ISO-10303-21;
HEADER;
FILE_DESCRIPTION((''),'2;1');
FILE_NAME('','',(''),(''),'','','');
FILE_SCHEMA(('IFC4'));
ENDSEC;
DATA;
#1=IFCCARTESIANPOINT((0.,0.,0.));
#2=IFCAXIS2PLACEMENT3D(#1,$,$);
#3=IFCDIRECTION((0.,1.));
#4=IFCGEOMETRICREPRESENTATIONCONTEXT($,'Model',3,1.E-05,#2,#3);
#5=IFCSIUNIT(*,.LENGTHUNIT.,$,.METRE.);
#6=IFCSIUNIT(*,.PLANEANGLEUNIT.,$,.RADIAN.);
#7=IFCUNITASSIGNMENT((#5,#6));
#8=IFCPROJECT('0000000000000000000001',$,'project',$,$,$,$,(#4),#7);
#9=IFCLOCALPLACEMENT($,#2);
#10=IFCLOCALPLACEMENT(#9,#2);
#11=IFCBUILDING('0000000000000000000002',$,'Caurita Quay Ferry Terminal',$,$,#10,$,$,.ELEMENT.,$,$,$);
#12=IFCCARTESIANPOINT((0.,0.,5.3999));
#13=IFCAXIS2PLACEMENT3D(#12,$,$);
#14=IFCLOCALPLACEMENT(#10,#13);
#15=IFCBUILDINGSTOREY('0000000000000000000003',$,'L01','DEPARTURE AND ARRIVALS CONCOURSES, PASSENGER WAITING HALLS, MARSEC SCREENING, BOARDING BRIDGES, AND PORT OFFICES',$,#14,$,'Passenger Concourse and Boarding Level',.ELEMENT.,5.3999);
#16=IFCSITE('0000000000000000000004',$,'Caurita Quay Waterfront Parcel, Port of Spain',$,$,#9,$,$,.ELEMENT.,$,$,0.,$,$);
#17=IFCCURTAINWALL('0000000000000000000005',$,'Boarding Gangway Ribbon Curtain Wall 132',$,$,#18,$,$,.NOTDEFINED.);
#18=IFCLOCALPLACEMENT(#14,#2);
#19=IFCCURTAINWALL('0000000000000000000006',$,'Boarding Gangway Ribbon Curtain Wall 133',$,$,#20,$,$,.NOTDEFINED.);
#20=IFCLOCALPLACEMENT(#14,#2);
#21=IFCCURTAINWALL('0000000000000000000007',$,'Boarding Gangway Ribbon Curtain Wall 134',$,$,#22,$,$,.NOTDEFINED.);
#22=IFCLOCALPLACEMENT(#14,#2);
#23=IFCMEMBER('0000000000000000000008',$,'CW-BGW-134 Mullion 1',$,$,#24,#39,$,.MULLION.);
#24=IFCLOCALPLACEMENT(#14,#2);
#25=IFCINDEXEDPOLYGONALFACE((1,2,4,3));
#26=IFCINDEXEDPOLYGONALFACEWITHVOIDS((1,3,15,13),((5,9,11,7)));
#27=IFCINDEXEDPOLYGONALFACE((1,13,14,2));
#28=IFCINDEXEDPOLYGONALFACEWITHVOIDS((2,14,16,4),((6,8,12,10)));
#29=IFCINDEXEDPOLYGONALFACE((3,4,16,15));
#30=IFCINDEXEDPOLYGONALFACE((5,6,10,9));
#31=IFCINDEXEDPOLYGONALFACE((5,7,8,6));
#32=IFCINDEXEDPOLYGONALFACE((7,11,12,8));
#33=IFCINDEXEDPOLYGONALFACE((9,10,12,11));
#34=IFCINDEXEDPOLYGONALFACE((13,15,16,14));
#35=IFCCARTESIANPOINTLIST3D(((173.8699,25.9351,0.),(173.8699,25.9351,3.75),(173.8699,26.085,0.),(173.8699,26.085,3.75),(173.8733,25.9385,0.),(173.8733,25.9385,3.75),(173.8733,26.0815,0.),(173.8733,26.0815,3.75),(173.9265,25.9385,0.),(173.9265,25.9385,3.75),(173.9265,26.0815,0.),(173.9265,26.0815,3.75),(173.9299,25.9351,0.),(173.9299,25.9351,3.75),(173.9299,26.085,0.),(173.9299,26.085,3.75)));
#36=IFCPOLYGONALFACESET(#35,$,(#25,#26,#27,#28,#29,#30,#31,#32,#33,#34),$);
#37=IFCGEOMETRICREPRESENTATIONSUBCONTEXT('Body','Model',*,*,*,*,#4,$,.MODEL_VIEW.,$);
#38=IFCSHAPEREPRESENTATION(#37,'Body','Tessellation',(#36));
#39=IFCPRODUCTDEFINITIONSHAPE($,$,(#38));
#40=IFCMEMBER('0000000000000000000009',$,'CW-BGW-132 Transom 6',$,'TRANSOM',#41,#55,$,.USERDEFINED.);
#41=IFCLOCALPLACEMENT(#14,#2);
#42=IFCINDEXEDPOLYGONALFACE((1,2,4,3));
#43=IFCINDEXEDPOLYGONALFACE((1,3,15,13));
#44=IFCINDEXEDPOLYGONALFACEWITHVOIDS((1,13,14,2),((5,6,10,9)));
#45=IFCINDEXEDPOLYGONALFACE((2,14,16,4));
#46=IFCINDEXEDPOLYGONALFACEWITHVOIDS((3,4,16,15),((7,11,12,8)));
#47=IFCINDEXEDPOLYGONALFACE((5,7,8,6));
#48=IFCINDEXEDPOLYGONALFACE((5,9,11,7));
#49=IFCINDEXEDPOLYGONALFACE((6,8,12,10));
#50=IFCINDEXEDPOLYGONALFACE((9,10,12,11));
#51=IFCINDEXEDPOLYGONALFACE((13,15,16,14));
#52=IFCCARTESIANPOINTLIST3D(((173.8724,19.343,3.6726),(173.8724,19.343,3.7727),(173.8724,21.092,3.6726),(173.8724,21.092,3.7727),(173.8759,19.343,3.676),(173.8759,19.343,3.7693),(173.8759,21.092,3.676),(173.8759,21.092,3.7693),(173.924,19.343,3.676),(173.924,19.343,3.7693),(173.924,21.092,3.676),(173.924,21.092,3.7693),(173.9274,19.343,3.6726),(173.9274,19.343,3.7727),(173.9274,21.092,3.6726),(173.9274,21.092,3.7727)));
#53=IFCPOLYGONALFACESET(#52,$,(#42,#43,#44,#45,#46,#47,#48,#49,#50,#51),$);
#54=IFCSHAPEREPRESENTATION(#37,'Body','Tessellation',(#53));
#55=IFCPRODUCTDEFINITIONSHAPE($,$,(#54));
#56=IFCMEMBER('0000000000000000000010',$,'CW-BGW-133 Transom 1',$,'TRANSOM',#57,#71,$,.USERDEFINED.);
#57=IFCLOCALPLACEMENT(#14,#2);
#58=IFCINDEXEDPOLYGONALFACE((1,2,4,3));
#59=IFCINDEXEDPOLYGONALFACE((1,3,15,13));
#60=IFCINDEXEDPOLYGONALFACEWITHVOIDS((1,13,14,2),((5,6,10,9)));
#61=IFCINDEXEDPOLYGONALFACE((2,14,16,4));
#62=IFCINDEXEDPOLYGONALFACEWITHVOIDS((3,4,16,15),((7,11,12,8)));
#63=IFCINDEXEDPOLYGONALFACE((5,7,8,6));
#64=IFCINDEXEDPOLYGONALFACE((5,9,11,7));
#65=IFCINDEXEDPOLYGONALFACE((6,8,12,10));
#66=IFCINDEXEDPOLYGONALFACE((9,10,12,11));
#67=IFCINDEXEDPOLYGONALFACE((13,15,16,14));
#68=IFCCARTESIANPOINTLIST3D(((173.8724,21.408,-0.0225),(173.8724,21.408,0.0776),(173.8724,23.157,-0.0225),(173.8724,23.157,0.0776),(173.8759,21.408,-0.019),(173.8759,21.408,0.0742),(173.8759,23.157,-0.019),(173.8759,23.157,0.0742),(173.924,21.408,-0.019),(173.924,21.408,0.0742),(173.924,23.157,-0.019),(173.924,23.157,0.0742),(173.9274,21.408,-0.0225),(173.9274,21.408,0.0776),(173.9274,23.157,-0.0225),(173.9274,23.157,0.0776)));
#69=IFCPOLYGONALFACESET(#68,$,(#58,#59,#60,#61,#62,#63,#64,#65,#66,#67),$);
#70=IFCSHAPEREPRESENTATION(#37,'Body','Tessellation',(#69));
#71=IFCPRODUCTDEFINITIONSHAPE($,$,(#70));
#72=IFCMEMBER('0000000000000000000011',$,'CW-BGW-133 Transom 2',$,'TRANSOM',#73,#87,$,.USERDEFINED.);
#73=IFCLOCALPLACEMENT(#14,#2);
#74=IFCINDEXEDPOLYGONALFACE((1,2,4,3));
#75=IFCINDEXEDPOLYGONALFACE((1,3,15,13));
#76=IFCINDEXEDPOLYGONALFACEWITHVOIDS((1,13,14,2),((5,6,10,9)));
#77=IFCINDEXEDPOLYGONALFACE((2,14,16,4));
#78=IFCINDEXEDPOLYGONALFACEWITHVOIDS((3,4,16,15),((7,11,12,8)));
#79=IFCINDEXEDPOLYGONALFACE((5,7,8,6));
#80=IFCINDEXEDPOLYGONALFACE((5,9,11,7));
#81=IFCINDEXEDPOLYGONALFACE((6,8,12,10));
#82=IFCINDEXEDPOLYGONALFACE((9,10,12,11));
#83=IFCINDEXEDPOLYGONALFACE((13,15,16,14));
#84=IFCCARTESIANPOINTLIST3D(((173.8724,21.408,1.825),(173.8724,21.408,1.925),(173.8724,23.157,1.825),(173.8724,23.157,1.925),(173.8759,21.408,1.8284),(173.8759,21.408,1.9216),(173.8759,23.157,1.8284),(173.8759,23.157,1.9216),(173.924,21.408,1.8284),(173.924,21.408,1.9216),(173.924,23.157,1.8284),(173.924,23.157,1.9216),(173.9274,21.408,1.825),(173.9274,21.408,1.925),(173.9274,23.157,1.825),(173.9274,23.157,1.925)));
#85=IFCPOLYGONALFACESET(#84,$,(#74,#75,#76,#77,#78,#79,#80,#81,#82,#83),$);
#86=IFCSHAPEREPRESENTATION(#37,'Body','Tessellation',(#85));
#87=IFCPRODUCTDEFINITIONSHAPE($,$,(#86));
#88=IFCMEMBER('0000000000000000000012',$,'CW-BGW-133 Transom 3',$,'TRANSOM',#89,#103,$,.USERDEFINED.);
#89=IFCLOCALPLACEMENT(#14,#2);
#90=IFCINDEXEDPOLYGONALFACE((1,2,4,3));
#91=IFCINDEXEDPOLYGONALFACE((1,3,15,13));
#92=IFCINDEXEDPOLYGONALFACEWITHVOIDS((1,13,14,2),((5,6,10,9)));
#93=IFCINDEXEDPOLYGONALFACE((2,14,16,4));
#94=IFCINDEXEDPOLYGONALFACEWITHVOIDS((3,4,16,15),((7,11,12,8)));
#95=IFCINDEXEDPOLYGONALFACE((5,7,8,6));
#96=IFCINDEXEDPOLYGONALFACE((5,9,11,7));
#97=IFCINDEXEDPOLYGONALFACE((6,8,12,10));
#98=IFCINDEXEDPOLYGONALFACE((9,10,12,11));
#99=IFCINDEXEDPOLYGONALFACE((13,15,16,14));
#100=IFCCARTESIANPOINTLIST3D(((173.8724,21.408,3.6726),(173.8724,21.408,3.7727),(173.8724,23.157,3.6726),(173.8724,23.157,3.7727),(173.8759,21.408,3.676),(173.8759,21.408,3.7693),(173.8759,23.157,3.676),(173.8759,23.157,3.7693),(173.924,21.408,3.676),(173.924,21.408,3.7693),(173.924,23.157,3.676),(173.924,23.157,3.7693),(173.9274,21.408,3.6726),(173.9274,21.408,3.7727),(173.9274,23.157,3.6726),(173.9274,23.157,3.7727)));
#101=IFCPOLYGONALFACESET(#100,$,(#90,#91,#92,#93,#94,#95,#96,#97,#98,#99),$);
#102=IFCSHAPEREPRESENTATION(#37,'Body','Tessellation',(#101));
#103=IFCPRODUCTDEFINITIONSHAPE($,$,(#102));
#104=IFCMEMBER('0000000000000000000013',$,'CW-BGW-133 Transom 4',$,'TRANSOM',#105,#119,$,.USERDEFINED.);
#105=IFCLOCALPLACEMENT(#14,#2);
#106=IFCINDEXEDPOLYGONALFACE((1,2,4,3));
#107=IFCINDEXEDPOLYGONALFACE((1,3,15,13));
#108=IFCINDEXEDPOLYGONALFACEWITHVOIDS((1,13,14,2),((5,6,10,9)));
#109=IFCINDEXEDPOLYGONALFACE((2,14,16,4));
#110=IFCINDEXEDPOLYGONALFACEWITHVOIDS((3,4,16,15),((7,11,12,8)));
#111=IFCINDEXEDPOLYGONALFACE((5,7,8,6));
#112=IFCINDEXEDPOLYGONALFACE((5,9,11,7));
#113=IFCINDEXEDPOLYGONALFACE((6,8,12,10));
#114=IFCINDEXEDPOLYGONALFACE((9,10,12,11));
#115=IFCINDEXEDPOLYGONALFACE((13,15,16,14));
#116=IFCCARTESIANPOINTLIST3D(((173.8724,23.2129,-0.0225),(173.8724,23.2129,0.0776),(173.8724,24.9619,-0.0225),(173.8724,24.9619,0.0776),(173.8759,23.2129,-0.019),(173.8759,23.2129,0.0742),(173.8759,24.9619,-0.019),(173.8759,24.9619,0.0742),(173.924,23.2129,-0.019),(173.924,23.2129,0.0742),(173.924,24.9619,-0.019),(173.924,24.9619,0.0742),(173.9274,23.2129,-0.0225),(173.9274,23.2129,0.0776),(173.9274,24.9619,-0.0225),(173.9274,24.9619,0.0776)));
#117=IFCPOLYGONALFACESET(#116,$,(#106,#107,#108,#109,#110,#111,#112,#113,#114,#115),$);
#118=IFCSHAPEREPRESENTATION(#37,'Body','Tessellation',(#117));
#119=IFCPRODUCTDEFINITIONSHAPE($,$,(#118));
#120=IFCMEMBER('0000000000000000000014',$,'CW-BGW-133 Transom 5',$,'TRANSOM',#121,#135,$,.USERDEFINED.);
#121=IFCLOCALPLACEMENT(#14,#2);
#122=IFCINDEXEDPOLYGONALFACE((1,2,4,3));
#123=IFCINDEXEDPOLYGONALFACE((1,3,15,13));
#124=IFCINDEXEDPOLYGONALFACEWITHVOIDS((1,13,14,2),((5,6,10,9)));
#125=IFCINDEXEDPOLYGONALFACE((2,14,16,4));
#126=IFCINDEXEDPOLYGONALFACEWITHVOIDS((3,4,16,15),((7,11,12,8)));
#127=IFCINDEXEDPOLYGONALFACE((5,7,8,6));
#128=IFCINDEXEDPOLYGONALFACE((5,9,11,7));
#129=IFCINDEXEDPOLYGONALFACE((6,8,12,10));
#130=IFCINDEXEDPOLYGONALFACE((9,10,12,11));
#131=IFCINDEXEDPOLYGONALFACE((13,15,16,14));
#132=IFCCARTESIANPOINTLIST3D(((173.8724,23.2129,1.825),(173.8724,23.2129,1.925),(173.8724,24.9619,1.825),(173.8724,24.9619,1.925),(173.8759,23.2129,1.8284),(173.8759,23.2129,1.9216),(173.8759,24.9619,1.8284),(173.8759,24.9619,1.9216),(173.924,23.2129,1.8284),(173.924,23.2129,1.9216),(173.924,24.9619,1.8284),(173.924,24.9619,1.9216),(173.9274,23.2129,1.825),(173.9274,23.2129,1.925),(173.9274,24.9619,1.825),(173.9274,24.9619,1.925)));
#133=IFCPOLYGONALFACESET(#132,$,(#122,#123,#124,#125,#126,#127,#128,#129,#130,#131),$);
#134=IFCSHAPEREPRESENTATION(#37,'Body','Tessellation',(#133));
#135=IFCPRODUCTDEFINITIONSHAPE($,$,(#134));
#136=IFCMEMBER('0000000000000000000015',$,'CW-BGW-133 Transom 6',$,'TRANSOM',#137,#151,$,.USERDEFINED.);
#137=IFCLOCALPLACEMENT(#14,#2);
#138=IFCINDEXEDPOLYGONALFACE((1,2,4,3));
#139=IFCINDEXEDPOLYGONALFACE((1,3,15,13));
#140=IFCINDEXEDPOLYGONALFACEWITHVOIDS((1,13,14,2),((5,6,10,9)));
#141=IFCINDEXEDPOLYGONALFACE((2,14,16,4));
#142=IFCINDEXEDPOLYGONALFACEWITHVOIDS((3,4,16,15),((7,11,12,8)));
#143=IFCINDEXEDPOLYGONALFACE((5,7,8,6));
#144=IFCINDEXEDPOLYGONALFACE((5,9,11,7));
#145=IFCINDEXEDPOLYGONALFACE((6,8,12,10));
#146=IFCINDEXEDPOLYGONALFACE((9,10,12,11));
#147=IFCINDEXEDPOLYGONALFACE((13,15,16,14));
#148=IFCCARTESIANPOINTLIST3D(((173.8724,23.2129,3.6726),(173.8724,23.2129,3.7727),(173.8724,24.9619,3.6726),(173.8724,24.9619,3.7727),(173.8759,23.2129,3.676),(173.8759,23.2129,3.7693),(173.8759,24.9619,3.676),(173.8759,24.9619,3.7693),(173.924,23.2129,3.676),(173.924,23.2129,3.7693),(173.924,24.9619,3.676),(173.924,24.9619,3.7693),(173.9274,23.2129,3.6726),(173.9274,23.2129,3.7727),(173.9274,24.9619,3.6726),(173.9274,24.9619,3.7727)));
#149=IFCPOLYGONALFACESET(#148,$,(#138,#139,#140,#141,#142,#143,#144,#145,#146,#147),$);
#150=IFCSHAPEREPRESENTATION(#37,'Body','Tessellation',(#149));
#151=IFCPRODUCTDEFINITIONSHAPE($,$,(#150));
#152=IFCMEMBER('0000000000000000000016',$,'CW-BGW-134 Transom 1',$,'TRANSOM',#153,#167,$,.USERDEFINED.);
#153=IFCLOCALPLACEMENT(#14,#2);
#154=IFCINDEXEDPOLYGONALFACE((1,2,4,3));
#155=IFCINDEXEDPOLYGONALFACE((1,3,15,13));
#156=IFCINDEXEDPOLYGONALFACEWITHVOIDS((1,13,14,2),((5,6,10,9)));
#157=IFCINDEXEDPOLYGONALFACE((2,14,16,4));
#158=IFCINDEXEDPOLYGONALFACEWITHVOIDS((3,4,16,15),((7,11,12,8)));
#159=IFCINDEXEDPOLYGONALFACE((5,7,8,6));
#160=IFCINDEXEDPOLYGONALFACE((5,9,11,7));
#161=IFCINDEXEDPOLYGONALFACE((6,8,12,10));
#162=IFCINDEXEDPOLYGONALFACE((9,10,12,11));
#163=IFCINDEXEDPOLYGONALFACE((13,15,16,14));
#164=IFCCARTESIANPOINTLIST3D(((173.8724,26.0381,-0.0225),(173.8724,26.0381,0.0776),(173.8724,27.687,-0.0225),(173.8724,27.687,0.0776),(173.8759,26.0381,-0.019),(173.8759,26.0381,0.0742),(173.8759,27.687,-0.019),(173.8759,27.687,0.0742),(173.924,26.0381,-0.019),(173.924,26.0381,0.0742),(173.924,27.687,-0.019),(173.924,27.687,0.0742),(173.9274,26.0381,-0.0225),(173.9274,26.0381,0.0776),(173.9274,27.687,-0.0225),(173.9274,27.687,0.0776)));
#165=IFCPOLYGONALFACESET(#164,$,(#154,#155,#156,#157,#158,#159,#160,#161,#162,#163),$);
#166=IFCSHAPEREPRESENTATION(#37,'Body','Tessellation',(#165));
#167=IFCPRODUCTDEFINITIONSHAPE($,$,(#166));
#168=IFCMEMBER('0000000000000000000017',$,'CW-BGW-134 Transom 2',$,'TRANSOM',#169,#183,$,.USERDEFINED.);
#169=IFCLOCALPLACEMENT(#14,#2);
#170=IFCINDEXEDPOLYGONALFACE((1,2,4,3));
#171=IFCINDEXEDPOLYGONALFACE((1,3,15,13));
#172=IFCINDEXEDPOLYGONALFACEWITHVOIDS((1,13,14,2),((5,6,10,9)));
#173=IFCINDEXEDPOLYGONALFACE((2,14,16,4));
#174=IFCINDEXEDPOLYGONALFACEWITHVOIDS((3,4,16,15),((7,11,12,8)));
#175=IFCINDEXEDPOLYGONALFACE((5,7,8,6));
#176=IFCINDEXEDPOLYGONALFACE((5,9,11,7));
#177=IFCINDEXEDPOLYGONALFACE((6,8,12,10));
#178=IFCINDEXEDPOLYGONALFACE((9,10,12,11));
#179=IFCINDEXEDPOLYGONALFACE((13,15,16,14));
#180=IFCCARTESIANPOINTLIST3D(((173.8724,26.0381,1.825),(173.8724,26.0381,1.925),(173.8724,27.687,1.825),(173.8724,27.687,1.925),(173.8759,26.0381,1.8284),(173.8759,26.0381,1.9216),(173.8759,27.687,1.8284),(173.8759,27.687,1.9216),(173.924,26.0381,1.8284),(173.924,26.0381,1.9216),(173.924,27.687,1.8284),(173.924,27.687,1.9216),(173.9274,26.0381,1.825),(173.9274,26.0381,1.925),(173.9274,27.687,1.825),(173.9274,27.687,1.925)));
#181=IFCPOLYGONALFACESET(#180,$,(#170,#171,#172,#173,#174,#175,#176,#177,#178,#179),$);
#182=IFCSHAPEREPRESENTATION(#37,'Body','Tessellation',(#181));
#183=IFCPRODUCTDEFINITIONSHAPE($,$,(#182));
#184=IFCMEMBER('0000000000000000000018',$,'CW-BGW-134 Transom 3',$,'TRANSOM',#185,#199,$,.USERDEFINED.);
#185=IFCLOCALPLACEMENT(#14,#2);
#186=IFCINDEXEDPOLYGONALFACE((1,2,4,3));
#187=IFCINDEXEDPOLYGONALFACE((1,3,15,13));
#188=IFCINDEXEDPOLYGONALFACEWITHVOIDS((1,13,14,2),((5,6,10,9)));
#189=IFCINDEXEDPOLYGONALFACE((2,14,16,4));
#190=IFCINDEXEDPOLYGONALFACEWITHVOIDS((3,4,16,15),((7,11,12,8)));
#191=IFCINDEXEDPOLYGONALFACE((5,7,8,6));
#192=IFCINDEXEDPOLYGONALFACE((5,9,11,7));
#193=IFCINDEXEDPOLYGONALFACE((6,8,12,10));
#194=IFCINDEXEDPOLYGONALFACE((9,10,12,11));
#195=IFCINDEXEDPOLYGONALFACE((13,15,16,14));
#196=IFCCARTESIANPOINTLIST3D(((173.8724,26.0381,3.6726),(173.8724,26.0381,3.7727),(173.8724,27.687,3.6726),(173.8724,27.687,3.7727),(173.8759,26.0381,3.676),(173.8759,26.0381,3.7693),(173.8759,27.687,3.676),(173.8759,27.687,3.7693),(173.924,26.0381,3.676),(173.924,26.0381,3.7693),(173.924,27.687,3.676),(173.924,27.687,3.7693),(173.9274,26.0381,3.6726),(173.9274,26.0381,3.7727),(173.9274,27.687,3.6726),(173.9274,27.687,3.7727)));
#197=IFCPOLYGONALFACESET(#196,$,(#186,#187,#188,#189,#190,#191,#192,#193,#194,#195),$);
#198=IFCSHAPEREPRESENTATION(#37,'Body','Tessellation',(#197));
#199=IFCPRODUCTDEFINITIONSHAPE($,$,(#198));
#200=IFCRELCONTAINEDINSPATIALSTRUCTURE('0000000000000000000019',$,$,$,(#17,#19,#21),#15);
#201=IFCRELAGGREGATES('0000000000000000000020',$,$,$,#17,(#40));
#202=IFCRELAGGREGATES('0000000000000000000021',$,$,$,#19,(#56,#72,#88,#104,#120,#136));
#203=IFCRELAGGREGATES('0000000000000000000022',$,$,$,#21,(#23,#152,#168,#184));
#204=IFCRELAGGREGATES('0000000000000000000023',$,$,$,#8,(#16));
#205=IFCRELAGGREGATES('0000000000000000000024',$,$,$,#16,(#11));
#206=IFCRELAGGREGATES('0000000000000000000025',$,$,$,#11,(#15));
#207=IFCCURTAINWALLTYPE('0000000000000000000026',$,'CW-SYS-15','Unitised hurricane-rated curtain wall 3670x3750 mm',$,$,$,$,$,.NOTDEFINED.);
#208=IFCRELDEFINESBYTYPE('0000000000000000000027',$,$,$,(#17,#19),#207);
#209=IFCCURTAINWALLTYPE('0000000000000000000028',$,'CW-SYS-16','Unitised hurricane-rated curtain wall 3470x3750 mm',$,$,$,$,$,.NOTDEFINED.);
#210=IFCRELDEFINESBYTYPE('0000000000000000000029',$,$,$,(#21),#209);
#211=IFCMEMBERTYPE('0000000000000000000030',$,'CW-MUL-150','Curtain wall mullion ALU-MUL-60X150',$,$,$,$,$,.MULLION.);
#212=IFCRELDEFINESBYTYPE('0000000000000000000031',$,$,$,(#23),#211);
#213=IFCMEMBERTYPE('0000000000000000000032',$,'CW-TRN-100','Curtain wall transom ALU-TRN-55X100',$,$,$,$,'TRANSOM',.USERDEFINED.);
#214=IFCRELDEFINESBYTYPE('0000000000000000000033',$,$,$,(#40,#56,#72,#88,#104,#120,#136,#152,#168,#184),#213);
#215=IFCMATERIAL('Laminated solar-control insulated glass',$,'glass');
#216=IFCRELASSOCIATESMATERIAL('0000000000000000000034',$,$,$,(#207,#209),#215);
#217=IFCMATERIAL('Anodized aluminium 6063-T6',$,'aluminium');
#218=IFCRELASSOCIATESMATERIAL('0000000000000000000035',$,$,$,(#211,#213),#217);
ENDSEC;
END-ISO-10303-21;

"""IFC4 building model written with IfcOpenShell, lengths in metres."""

from ifc_helpers import new_model, si_unit, direction, frame, origin, origin_2d, place, context, subcontext, project, spatial, hollow_rectangle, extrude, material, material_profile, profile_set, type_object, element, aggregate, save


model = new_model("IFC4")

# Units and contexts
model_context = context("Model", 3, precision=1e-05, world=origin(), true_north=direction((0.0, 1.0)))
body_context = subcontext(model_context, "Body", "Model", "MODEL_VIEW")
ifc_project = project(units=[si_unit("LENGTHUNIT", "METRE"), si_unit("PLANEANGLEUNIT", "RADIAN")], contexts=[model_context])

# Site, building, storey
site_placement = place(None, origin())
site = spatial("IfcSite", under=ifc_project, at=site_placement, Name="Caurita Quay Waterfront Parcel, Port of Spain", CompositionType="ELEMENT", RefElevation=0.0)
building_placement = place(site_placement, origin())
building = spatial("IfcBuilding", under=site, at=building_placement, Name="Caurita Quay Ferry Terminal", CompositionType="ELEMENT")
storey_placement = place(building_placement, frame((0.0, 0.0, 5.3999)))
storey = spatial("IfcBuildingStorey", under=building, at=storey_placement, Name="L01", Description="DEPARTURE AND ARRIVALS CONCOURSES, PASSENGER WAITING HALLS, MARSEC SCREENING, BOARDING BRIDGES, AND PORT OFFICES", LongName="Passenger Concourse and Boarding Level", CompositionType="ELEMENT", Elevation=5.3999)

# Curtain wall
ifc_material_1 = material(Name="Laminated solar-control insulated glass", Category="glass")
curtain_wall_type_1 = type_object("IfcCurtainWallType", Name="CW-SYS-15", Description="Unitised hurricane-rated curtain wall 3670x3750 mm", PredefinedType="NOTDEFINED", material=ifc_material_1)
curtain_wall_1_placement = place(storey_placement, origin())
curtain_wall_1 = element("IfcCurtainWall", 1, at=curtain_wall_1_placement, inside=storey, type_object=curtain_wall_type_1, Name="Boarding Gangway Ribbon Curtain Wall 132", PredefinedType="NOTDEFINED")
ifc_material_2 = material(Name="Anodized aluminium 6063-T6", Category="aluminium")
ifc_material_profile_1 = material_profile(ifc_material_2, hollow_rectangle(XDim=0.0601, YDim=0.1499, WallThickness=0.0034, at=origin_2d()), Name="ALU-MUL-60X150")
ifc_profile_set_1 = profile_set([ifc_material_profile_1], Name="Anodized aluminium 6063-T6")
member_type_1 = type_object("IfcMemberType", Name="CW-MUL-150", Description="Curtain wall mullion ALU-MUL-60X150", PredefinedType="MULLION", material=ifc_profile_set_1)

# Curtain wall
curtain_wall_2_placement = place(storey_placement, origin())
curtain_wall_2 = element("IfcCurtainWall", 2, at=curtain_wall_2_placement, inside=storey, type_object=curtain_wall_type_1, Name="Boarding Gangway Ribbon Curtain Wall 133", PredefinedType="NOTDEFINED")

# Curtain wall, member
curtain_wall_type_2 = type_object("IfcCurtainWallType", Name="CW-SYS-16", Description="Unitised hurricane-rated curtain wall 3470x3750 mm", PredefinedType="NOTDEFINED", material=ifc_material_1)
curtain_wall_3_placement = place(storey_placement, origin())
curtain_wall_3 = element("IfcCurtainWall", 3, at=curtain_wall_3_placement, inside=storey, type_object=curtain_wall_type_2, Name="Boarding Gangway Ribbon Curtain Wall 134", PredefinedType="NOTDEFINED")
member_1_placement = place(storey_placement, frame((173.8999, 26.01, 0.0), z_axis=(0.0, 0.0, 1.0), x_axis=(-1.0, 0.0, 0.0)))
member_1 = element("IfcMember", 4, at=member_1_placement, type_object=member_type_1, Name="CW-BGW-134 Mullion 1", PredefinedType="MULLION", context=body_context, shape_type="SweptSolid", body=[
    extrude(hollow_rectangle(XDim=0.0601, YDim=0.1499, WallThickness=0.0034, at=origin_2d()), origin(), (0.0, 0.0, 1.0), 3.75),
])

# Members
ifc_material_profile_2 = material_profile(ifc_material_2, hollow_rectangle(XDim=0.0549, YDim=0.1001, WallThickness=0.0034, at=origin_2d()), Name="ALU-TRN-55X100")
ifc_profile_set_2 = profile_set([ifc_material_profile_2], Name="Anodized aluminium 6063-T6")
member_type_2 = type_object("IfcMemberType", Name="CW-TRN-100", Description="Curtain wall transom ALU-TRN-55X100", ElementType="TRANSOM", PredefinedType="USERDEFINED", material=ifc_profile_set_2)
member_2_placement = place(storey_placement, frame((173.8999, 19.343, 3.7227), z_axis=(0.0, 1.0, 0.0), x_axis=(-1.0, 0.0, 0.0)))
member_2 = element("IfcMember", 5, at=member_2_placement, type_object=member_type_2, Name="CW-BGW-132 Transom 6", ObjectType="TRANSOM", PredefinedType="USERDEFINED", context=body_context, shape_type="SweptSolid", body=[
    extrude(hollow_rectangle(XDim=0.0549, YDim=0.1001, WallThickness=0.0034, at=origin_2d()), origin(), (0.0, 0.0, 1.0), 1.749),
])
member_3_placement = place(storey_placement, frame((173.8999, 21.408, 0.0276), z_axis=(0.0, 1.0, 0.0), x_axis=(-1.0, 0.0, 0.0)))
member_3 = element("IfcMember", 6, at=member_3_placement, type_object=member_type_2, Name="CW-BGW-133 Transom 1", ObjectType="TRANSOM", PredefinedType="USERDEFINED", context=body_context, shape_type="SweptSolid", body=[
    extrude(hollow_rectangle(XDim=0.0549, YDim=0.1001, WallThickness=0.0034, at=origin_2d()), origin(), (0.0, 0.0, 1.0), 1.749),
])
member_4_placement = place(storey_placement, frame((173.8999, 21.408, 1.875), z_axis=(0.0, 1.0, 0.0), x_axis=(-1.0, 0.0, 0.0)))
member_4 = element("IfcMember", 7, at=member_4_placement, type_object=member_type_2, Name="CW-BGW-133 Transom 2", ObjectType="TRANSOM", PredefinedType="USERDEFINED", context=body_context, shape_type="SweptSolid", body=[
    extrude(hollow_rectangle(XDim=0.0549, YDim=0.1001, WallThickness=0.0034, at=origin_2d()), origin(), (0.0, 0.0, 1.0), 1.749),
])
member_5_placement = place(storey_placement, frame((173.8999, 21.408, 3.7227), z_axis=(0.0, 1.0, 0.0), x_axis=(-1.0, 0.0, 0.0)))
member_5 = element("IfcMember", 8, at=member_5_placement, type_object=member_type_2, Name="CW-BGW-133 Transom 3", ObjectType="TRANSOM", PredefinedType="USERDEFINED", context=body_context, shape_type="SweptSolid", body=[
    extrude(hollow_rectangle(XDim=0.0549, YDim=0.1001, WallThickness=0.0034, at=origin_2d()), origin(), (0.0, 0.0, 1.0), 1.749),
])
member_6_placement = place(storey_placement, frame((173.8999, 23.2129, 0.0276), z_axis=(0.0, 1.0, 0.0), x_axis=(-1.0, 0.0, 0.0)))
member_6 = element("IfcMember", 9, at=member_6_placement, type_object=member_type_2, Name="CW-BGW-133 Transom 4", ObjectType="TRANSOM", PredefinedType="USERDEFINED", context=body_context, shape_type="SweptSolid", body=[
    extrude(hollow_rectangle(XDim=0.0549, YDim=0.1001, WallThickness=0.0034, at=origin_2d()), origin(), (0.0, 0.0, 1.0), 1.749),
])
member_7_placement = place(storey_placement, frame((173.8999, 23.2129, 1.875), z_axis=(0.0, 1.0, 0.0), x_axis=(-1.0, 0.0, 0.0)))
member_7 = element("IfcMember", 10, at=member_7_placement, type_object=member_type_2, Name="CW-BGW-133 Transom 5", ObjectType="TRANSOM", PredefinedType="USERDEFINED", context=body_context, shape_type="SweptSolid", body=[
    extrude(hollow_rectangle(XDim=0.0549, YDim=0.1001, WallThickness=0.0034, at=origin_2d()), origin(), (0.0, 0.0, 1.0), 1.749),
])
member_8_placement = place(storey_placement, frame((173.8999, 23.2129, 3.7227), z_axis=(0.0, 1.0, 0.0), x_axis=(-1.0, 0.0, 0.0)))
member_8 = element("IfcMember", 11, at=member_8_placement, type_object=member_type_2, Name="CW-BGW-133 Transom 6", ObjectType="TRANSOM", PredefinedType="USERDEFINED", context=body_context, shape_type="SweptSolid", body=[
    extrude(hollow_rectangle(XDim=0.0549, YDim=0.1001, WallThickness=0.0034, at=origin_2d()), origin(), (0.0, 0.0, 1.0), 1.749),
])
member_9_placement = place(storey_placement, frame((173.8999, 26.0381, 0.0276), z_axis=(0.0, 1.0, 0.0), x_axis=(-1.0, 0.0, 0.0)))
member_9 = element("IfcMember", 12, at=member_9_placement, type_object=member_type_2, Name="CW-BGW-134 Transom 1", ObjectType="TRANSOM", PredefinedType="USERDEFINED", context=body_context, shape_type="SweptSolid", body=[
    extrude(hollow_rectangle(XDim=0.0549, YDim=0.1001, WallThickness=0.0034, at=origin_2d()), origin(), (0.0, 0.0, 1.0), 1.6489),
])
member_10_placement = place(storey_placement, frame((173.8999, 26.0381, 1.875), z_axis=(0.0, 1.0, 0.0), x_axis=(-1.0, 0.0, 0.0)))
member_10 = element("IfcMember", 13, at=member_10_placement, type_object=member_type_2, Name="CW-BGW-134 Transom 2", ObjectType="TRANSOM", PredefinedType="USERDEFINED", context=body_context, shape_type="SweptSolid", body=[
    extrude(hollow_rectangle(XDim=0.0549, YDim=0.1001, WallThickness=0.0034, at=origin_2d()), origin(), (0.0, 0.0, 1.0), 1.6489),
])
member_11_placement = place(storey_placement, frame((173.8999, 26.0381, 3.7227), z_axis=(0.0, 1.0, 0.0), x_axis=(-1.0, 0.0, 0.0)))
member_11 = element("IfcMember", 14, at=member_11_placement, type_object=member_type_2, Name="CW-BGW-134 Transom 3", ObjectType="TRANSOM", PredefinedType="USERDEFINED", context=body_context, shape_type="SweptSolid", body=[
    extrude(hollow_rectangle(XDim=0.0549, YDim=0.1001, WallThickness=0.0034, at=origin_2d()), origin(), (0.0, 0.0, 1.0), 1.6489),
])

aggregate(curtain_wall_1, [member_2])
aggregate(curtain_wall_2, [member_3, member_4, member_5, member_6, member_7, member_8])
aggregate(curtain_wall_3, [member_1, member_9, member_10, member_11])

save(model, "model.ifc")
